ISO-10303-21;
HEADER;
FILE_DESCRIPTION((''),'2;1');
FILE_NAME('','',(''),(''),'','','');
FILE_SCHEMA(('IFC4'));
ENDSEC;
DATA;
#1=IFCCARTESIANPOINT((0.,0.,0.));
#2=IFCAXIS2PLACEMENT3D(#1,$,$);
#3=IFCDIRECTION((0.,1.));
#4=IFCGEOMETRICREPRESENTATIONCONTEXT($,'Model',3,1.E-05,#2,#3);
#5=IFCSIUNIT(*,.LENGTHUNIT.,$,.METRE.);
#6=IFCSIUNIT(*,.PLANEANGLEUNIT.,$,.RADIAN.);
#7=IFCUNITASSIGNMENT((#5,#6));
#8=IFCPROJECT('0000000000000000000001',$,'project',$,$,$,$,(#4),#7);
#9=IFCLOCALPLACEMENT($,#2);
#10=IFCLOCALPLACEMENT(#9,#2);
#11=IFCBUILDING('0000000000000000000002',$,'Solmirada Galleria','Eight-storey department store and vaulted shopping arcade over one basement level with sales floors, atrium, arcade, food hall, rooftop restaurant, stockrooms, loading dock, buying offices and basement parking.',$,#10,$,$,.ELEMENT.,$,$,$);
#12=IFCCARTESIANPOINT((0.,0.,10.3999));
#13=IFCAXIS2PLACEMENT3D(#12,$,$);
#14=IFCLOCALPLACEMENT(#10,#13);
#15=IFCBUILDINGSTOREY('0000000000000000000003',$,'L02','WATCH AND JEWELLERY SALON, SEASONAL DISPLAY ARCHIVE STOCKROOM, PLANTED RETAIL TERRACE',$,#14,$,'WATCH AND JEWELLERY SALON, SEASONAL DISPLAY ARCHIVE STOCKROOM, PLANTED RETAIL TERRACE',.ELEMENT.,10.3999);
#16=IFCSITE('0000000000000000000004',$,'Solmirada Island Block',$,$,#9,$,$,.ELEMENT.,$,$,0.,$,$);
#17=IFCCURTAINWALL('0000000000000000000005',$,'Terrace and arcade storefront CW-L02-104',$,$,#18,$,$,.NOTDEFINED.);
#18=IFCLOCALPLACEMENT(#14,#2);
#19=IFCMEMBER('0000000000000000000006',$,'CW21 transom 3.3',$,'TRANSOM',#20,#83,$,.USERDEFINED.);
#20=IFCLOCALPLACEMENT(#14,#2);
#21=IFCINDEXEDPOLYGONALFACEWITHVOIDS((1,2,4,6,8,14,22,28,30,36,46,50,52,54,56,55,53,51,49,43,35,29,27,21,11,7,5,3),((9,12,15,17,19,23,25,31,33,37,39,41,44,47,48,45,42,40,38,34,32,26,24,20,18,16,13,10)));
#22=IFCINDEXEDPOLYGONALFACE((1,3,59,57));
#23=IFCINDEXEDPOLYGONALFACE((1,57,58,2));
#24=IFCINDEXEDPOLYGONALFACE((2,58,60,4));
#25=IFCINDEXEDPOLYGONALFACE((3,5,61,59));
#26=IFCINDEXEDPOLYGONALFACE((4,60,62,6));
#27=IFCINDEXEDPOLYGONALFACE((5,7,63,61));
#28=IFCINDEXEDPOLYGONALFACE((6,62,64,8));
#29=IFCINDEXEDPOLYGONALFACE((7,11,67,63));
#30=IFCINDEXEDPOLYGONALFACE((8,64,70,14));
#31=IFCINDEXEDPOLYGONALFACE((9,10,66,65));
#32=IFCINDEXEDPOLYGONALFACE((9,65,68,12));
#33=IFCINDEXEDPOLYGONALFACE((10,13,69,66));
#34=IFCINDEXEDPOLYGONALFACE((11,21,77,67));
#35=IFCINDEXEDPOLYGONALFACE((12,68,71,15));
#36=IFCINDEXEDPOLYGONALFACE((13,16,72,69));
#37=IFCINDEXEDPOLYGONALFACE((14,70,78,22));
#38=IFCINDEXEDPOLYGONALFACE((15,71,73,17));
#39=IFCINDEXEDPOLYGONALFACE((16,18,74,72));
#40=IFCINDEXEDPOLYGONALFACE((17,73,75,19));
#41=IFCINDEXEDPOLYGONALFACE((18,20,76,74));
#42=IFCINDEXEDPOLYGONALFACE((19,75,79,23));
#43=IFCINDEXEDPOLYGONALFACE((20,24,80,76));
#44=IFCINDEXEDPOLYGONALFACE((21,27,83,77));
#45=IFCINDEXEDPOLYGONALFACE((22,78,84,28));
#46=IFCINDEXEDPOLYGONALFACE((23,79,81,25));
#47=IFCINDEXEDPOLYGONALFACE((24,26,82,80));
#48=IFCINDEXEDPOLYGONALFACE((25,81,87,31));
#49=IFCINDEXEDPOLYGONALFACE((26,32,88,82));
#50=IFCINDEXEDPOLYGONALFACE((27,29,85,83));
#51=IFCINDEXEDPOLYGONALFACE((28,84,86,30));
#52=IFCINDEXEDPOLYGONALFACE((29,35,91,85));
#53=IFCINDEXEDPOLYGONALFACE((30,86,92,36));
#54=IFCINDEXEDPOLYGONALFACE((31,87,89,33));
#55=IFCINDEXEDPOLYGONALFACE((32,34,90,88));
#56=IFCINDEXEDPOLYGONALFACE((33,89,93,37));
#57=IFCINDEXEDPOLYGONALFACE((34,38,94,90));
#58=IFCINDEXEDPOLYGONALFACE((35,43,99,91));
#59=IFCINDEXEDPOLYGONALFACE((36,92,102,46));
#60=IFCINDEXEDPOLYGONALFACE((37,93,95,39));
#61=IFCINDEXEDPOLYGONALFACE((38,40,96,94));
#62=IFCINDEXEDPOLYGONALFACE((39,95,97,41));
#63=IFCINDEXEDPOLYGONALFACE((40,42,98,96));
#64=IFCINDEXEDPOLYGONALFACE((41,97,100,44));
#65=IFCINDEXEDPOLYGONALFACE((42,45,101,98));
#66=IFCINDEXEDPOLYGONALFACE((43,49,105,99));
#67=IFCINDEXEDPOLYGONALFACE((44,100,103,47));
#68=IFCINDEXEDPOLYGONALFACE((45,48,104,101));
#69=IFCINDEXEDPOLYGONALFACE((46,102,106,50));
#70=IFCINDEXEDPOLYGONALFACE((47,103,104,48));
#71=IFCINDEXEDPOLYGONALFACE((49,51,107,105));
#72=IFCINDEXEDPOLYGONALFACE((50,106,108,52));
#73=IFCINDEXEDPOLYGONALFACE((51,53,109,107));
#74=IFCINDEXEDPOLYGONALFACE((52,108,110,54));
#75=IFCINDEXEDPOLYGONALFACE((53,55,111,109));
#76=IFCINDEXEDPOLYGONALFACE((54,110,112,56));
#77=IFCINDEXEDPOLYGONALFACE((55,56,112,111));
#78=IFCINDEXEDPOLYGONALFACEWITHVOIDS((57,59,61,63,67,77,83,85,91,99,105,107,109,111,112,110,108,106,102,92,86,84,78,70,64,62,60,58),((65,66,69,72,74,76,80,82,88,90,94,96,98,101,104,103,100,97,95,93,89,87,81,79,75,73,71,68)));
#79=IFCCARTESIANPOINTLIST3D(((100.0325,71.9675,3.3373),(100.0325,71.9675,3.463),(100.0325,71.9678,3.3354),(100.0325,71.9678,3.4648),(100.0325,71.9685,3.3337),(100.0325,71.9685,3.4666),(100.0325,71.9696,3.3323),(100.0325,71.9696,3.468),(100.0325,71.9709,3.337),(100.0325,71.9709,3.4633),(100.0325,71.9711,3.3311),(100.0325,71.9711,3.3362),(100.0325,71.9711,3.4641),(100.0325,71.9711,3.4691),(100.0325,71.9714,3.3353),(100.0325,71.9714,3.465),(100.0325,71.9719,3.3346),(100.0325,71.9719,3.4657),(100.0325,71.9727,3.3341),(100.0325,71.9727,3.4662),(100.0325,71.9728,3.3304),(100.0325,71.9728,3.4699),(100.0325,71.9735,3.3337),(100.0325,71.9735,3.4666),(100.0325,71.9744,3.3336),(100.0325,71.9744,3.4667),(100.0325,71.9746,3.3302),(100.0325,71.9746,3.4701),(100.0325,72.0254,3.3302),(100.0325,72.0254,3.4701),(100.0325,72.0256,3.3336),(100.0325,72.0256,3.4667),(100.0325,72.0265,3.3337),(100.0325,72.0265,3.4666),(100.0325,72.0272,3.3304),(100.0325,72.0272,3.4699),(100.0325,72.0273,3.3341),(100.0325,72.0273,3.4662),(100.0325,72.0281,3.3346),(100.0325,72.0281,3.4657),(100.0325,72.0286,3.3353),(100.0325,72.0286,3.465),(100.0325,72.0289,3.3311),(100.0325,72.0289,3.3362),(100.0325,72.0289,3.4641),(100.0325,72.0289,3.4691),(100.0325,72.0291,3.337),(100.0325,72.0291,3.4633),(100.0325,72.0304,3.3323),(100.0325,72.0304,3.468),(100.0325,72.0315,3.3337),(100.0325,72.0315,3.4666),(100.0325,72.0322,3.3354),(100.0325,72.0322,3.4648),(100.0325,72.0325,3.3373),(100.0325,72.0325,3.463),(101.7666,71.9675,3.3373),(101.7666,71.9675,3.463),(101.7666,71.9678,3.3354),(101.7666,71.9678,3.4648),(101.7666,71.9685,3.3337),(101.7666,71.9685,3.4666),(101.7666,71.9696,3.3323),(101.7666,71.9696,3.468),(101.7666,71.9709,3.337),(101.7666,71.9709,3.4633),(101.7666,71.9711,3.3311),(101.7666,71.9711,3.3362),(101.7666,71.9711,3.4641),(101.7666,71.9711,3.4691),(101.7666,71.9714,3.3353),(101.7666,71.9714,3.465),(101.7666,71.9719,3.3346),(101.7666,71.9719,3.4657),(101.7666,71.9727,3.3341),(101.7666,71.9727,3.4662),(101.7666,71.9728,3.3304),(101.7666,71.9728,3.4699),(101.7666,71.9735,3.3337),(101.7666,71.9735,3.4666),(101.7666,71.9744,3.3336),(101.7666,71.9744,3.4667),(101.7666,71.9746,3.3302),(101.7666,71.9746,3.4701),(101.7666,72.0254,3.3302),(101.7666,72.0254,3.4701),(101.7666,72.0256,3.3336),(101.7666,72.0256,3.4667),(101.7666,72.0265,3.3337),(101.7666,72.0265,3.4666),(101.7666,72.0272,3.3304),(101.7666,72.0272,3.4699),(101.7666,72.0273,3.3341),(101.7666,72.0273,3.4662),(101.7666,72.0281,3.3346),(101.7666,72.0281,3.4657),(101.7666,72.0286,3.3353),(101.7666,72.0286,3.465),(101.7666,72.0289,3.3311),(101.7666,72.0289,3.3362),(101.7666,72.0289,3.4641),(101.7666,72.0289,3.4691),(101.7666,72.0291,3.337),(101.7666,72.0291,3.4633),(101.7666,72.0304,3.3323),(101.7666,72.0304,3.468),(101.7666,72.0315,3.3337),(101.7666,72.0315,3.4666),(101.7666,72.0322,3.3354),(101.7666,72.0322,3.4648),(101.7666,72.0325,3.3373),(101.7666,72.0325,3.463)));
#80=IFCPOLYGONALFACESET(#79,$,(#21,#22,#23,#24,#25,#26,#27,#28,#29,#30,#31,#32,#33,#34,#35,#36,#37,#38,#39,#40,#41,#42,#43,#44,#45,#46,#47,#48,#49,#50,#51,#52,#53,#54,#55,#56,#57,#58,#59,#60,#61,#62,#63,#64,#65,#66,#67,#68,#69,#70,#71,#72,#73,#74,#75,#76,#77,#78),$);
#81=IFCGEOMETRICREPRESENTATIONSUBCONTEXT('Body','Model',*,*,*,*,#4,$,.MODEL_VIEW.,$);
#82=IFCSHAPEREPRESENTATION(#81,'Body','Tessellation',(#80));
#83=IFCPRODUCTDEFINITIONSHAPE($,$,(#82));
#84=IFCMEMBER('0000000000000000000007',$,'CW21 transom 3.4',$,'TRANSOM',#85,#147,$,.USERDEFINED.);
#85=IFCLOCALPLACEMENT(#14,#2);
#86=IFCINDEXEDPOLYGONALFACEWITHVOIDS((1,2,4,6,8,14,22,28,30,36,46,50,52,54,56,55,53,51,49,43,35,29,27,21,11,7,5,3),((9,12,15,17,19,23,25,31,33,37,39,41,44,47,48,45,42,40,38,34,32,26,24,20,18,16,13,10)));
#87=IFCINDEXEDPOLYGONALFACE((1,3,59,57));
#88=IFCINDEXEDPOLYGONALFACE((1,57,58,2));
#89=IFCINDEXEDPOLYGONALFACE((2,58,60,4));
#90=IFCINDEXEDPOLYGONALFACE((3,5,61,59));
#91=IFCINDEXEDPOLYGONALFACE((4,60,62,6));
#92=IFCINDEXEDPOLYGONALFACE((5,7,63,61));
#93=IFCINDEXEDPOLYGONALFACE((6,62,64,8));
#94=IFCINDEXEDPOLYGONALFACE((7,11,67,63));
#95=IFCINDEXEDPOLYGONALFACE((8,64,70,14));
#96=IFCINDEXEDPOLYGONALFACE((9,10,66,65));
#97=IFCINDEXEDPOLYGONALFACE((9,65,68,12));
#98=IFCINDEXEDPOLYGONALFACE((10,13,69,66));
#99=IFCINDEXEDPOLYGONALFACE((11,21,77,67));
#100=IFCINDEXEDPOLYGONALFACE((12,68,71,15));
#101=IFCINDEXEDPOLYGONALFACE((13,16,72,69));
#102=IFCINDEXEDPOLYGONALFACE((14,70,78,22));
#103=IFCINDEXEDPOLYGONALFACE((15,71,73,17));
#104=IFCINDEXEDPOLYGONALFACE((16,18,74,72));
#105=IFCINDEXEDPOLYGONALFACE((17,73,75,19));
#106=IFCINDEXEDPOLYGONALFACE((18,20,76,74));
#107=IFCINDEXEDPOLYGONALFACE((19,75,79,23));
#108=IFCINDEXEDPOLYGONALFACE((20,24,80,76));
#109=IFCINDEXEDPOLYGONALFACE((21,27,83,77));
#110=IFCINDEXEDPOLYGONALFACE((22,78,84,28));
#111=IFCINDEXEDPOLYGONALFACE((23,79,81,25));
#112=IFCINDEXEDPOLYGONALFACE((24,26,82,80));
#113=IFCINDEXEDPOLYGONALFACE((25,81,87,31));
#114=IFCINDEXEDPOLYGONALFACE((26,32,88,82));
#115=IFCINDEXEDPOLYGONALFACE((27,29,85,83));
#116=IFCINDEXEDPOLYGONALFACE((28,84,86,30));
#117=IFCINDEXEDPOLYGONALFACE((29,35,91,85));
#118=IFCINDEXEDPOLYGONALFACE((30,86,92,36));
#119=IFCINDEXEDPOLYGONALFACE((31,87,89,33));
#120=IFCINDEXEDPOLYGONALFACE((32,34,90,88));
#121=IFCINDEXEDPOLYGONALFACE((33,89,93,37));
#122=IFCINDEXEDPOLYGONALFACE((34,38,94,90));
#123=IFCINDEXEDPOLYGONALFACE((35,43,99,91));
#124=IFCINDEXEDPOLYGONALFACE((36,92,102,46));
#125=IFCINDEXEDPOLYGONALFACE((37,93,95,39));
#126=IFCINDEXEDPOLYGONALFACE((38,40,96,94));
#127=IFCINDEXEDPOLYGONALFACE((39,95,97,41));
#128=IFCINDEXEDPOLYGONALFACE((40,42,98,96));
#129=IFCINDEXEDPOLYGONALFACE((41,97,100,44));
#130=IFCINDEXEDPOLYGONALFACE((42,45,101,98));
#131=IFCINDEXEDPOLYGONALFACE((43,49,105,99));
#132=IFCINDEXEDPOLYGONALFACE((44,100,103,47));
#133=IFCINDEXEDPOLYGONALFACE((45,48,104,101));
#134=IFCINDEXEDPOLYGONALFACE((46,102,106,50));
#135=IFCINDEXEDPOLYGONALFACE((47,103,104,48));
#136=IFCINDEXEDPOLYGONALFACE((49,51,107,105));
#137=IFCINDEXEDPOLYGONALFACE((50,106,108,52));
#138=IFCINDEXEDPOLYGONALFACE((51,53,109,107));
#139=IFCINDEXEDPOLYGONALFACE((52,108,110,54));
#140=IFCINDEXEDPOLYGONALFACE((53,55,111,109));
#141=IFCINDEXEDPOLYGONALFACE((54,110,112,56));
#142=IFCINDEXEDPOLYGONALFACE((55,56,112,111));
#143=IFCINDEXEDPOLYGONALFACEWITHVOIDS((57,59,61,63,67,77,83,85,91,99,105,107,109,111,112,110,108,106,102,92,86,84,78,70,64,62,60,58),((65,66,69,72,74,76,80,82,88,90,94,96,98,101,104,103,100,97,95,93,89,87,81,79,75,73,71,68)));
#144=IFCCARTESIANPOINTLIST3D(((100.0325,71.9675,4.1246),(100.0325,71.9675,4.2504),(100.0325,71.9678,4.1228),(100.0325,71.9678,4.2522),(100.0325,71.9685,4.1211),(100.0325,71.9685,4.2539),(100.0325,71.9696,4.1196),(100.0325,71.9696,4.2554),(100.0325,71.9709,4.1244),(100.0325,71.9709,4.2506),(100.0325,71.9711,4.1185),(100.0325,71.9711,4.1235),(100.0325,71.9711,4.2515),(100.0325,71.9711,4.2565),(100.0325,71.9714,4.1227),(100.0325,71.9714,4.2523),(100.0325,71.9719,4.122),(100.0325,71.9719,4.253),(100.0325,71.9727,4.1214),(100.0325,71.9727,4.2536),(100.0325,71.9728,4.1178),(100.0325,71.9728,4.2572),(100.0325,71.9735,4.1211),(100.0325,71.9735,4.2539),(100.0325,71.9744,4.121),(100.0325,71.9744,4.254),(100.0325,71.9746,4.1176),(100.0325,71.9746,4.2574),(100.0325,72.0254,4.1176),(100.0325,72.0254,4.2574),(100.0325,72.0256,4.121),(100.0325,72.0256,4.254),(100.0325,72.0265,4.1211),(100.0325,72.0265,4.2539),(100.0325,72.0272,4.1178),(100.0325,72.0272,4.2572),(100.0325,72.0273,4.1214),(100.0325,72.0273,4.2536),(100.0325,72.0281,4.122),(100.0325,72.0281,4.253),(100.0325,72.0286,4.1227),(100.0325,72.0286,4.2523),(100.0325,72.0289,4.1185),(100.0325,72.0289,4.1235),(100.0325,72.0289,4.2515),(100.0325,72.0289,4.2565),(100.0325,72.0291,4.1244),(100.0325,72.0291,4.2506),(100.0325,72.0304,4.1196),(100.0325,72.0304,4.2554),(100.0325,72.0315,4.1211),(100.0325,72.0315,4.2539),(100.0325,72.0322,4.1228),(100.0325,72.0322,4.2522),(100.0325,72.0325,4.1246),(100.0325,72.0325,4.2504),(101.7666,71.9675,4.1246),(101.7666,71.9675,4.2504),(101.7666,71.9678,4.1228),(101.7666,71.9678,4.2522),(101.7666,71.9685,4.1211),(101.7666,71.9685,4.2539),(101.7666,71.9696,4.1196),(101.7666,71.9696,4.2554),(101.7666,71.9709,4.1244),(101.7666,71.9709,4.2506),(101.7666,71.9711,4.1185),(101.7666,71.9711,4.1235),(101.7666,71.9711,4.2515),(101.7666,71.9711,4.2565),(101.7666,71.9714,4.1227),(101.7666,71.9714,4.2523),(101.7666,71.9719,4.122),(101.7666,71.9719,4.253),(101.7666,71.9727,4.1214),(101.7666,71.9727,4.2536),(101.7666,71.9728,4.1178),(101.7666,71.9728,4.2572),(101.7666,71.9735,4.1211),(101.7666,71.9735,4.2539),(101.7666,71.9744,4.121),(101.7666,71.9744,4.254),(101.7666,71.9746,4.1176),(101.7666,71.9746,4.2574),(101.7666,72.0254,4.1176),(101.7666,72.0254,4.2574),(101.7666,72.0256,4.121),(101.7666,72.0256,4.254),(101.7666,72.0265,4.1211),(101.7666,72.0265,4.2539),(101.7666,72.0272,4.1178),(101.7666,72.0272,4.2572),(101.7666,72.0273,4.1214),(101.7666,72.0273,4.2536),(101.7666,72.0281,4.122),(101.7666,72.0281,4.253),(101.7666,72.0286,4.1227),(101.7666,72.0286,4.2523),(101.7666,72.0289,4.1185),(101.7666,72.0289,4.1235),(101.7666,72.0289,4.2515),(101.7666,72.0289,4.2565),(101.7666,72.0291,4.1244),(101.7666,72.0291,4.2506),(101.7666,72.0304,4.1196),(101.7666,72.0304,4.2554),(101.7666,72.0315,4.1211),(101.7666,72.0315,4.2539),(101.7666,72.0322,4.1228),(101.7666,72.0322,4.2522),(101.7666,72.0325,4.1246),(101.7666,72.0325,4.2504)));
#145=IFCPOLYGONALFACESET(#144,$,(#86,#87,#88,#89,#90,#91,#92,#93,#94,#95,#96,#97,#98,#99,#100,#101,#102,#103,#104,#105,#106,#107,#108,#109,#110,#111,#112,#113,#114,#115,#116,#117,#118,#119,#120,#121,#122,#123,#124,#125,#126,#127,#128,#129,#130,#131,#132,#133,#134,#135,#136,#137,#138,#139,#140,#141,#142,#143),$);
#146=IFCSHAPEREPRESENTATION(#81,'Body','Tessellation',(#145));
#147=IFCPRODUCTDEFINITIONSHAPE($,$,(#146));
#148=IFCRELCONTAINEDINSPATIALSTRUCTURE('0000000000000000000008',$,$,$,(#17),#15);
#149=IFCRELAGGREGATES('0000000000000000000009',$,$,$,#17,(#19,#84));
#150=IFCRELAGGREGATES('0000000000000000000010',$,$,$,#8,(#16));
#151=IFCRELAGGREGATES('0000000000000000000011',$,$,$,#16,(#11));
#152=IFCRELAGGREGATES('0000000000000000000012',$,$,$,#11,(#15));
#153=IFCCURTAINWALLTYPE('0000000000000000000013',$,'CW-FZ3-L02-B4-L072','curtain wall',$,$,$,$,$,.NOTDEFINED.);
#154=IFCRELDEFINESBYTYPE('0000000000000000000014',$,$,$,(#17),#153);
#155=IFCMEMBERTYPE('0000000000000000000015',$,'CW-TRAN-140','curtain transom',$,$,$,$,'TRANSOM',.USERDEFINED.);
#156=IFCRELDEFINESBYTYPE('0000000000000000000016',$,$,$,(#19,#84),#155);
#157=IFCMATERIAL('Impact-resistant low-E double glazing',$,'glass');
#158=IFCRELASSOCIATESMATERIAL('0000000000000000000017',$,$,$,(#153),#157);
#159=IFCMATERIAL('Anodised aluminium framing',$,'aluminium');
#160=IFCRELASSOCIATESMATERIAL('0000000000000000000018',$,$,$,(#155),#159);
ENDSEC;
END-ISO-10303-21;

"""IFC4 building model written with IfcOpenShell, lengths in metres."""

from ifc_helpers import new_model, si_unit, direction, frame, origin, origin_2d, place, context, subcontext, project, spatial, hollow_rectangle, extrude, material, material_profile, profile_set, type_object, element, aggregate, save


model = new_model("IFC4")

# Units and contexts
model_context = context("Model", 3, precision=1e-05, world=origin(), true_north=direction((0.0, 1.0)))
body_context = subcontext(model_context, "Body", "Model", "MODEL_VIEW")
ifc_project = project(units=[si_unit("LENGTHUNIT", "METRE"), si_unit("PLANEANGLEUNIT", "RADIAN")], contexts=[model_context])

# Site, building, storey
site_placement = place(None, origin())
site = spatial("IfcSite", under=ifc_project, at=site_placement, Name="Solmirada Island Block", CompositionType="ELEMENT", RefElevation=0.0)
building_placement = place(site_placement, origin())
building = spatial("IfcBuilding", under=site, at=building_placement, Name="Solmirada Galleria", Description="Eight-storey department store and vaulted shopping arcade over one basement level with sales floors, atrium, arcade, food hall, rooftop restaurant, stockrooms, loading dock, buying offices and basement parking.", CompositionType="ELEMENT")
storey_placement = place(building_placement, frame((0.0, 0.0, 10.3999)))
storey = spatial("IfcBuildingStorey", under=building, at=storey_placement, Name="L02", Description="WATCH AND JEWELLERY SALON, SEASONAL DISPLAY ARCHIVE STOCKROOM, PLANTED RETAIL TERRACE", LongName="WATCH AND JEWELLERY SALON, SEASONAL DISPLAY ARCHIVE STOCKROOM, PLANTED RETAIL TERRACE", CompositionType="ELEMENT", Elevation=10.3999)

# Curtain wall
ifc_material_1 = material(Name="Impact-resistant low-E double glazing", Category="glass")
curtain_wall_type = type_object("IfcCurtainWallType", Name="CW-FZ3-L02-B4-L072", Description="curtain wall", PredefinedType="NOTDEFINED", material=ifc_material_1)
curtain_wall_1_placement = place(storey_placement, origin())
curtain_wall_1 = element("IfcCurtainWall", 1, at=curtain_wall_1_placement, inside=storey, type_object=curtain_wall_type, Name="Terrace and arcade storefront CW-L02-104", PredefinedType="NOTDEFINED")
ifc_material_2 = material(Name="Anodised aluminium framing", Category="aluminium")

# Members
ifc_material_profile_1 = material_profile(ifc_material_2, hollow_rectangle(XDim=0.0649, YDim=0.1399, WallThickness=0.0034, InnerFilletRadius=0.0034, OuterFilletRadius=0.0071, at=origin_2d()), Name="ALU-TRAN-140X65")
ifc_profile_set_1 = profile_set([ifc_material_profile_1], Name="Anodised aluminium framing")
member_type_1 = type_object("IfcMemberType", Name="CW-TRAN-140", Description="curtain transom", ElementType="TRANSOM", PredefinedType="USERDEFINED", material=ifc_profile_set_1)
member_1_placement = place(storey_placement, frame((100.0325, 72.0, 3.4001), z_axis=(1.0, 0.0, 0.0), x_axis=(0.0, 1.0, 0.0)))
member_1 = element("IfcMember", 2, at=member_1_placement, type_object=member_type_1, Name="CW21 transom 3.3", ObjectType="TRANSOM", PredefinedType="USERDEFINED", context=body_context, shape_type="SweptSolid", body=[
    extrude(hollow_rectangle(XDim=0.0649, YDim=0.1399, WallThickness=0.0034, InnerFilletRadius=0.0034, OuterFilletRadius=0.0071, at=origin_2d()), origin(), (0.0, 0.0, 1.0), 1.7341),
])
member_2_placement = place(storey_placement, frame((100.0325, 72.0, 4.1875), z_axis=(1.0, 0.0, 0.0), x_axis=(0.0, 1.0, 0.0)))
member_2 = element("IfcMember", 3, at=member_2_placement, type_object=member_type_1, Name="CW21 transom 3.4", ObjectType="TRANSOM", PredefinedType="USERDEFINED", context=body_context, shape_type="SweptSolid", body=[
    extrude(hollow_rectangle(XDim=0.0649, YDim=0.1399, WallThickness=0.0034, InnerFilletRadius=0.0034, OuterFilletRadius=0.0071, at=origin_2d()), origin(), (0.0, 0.0, 1.0), 1.7341),
])

aggregate(curtain_wall_1, [member_1, member_2])

save(model, "model.ifc")
